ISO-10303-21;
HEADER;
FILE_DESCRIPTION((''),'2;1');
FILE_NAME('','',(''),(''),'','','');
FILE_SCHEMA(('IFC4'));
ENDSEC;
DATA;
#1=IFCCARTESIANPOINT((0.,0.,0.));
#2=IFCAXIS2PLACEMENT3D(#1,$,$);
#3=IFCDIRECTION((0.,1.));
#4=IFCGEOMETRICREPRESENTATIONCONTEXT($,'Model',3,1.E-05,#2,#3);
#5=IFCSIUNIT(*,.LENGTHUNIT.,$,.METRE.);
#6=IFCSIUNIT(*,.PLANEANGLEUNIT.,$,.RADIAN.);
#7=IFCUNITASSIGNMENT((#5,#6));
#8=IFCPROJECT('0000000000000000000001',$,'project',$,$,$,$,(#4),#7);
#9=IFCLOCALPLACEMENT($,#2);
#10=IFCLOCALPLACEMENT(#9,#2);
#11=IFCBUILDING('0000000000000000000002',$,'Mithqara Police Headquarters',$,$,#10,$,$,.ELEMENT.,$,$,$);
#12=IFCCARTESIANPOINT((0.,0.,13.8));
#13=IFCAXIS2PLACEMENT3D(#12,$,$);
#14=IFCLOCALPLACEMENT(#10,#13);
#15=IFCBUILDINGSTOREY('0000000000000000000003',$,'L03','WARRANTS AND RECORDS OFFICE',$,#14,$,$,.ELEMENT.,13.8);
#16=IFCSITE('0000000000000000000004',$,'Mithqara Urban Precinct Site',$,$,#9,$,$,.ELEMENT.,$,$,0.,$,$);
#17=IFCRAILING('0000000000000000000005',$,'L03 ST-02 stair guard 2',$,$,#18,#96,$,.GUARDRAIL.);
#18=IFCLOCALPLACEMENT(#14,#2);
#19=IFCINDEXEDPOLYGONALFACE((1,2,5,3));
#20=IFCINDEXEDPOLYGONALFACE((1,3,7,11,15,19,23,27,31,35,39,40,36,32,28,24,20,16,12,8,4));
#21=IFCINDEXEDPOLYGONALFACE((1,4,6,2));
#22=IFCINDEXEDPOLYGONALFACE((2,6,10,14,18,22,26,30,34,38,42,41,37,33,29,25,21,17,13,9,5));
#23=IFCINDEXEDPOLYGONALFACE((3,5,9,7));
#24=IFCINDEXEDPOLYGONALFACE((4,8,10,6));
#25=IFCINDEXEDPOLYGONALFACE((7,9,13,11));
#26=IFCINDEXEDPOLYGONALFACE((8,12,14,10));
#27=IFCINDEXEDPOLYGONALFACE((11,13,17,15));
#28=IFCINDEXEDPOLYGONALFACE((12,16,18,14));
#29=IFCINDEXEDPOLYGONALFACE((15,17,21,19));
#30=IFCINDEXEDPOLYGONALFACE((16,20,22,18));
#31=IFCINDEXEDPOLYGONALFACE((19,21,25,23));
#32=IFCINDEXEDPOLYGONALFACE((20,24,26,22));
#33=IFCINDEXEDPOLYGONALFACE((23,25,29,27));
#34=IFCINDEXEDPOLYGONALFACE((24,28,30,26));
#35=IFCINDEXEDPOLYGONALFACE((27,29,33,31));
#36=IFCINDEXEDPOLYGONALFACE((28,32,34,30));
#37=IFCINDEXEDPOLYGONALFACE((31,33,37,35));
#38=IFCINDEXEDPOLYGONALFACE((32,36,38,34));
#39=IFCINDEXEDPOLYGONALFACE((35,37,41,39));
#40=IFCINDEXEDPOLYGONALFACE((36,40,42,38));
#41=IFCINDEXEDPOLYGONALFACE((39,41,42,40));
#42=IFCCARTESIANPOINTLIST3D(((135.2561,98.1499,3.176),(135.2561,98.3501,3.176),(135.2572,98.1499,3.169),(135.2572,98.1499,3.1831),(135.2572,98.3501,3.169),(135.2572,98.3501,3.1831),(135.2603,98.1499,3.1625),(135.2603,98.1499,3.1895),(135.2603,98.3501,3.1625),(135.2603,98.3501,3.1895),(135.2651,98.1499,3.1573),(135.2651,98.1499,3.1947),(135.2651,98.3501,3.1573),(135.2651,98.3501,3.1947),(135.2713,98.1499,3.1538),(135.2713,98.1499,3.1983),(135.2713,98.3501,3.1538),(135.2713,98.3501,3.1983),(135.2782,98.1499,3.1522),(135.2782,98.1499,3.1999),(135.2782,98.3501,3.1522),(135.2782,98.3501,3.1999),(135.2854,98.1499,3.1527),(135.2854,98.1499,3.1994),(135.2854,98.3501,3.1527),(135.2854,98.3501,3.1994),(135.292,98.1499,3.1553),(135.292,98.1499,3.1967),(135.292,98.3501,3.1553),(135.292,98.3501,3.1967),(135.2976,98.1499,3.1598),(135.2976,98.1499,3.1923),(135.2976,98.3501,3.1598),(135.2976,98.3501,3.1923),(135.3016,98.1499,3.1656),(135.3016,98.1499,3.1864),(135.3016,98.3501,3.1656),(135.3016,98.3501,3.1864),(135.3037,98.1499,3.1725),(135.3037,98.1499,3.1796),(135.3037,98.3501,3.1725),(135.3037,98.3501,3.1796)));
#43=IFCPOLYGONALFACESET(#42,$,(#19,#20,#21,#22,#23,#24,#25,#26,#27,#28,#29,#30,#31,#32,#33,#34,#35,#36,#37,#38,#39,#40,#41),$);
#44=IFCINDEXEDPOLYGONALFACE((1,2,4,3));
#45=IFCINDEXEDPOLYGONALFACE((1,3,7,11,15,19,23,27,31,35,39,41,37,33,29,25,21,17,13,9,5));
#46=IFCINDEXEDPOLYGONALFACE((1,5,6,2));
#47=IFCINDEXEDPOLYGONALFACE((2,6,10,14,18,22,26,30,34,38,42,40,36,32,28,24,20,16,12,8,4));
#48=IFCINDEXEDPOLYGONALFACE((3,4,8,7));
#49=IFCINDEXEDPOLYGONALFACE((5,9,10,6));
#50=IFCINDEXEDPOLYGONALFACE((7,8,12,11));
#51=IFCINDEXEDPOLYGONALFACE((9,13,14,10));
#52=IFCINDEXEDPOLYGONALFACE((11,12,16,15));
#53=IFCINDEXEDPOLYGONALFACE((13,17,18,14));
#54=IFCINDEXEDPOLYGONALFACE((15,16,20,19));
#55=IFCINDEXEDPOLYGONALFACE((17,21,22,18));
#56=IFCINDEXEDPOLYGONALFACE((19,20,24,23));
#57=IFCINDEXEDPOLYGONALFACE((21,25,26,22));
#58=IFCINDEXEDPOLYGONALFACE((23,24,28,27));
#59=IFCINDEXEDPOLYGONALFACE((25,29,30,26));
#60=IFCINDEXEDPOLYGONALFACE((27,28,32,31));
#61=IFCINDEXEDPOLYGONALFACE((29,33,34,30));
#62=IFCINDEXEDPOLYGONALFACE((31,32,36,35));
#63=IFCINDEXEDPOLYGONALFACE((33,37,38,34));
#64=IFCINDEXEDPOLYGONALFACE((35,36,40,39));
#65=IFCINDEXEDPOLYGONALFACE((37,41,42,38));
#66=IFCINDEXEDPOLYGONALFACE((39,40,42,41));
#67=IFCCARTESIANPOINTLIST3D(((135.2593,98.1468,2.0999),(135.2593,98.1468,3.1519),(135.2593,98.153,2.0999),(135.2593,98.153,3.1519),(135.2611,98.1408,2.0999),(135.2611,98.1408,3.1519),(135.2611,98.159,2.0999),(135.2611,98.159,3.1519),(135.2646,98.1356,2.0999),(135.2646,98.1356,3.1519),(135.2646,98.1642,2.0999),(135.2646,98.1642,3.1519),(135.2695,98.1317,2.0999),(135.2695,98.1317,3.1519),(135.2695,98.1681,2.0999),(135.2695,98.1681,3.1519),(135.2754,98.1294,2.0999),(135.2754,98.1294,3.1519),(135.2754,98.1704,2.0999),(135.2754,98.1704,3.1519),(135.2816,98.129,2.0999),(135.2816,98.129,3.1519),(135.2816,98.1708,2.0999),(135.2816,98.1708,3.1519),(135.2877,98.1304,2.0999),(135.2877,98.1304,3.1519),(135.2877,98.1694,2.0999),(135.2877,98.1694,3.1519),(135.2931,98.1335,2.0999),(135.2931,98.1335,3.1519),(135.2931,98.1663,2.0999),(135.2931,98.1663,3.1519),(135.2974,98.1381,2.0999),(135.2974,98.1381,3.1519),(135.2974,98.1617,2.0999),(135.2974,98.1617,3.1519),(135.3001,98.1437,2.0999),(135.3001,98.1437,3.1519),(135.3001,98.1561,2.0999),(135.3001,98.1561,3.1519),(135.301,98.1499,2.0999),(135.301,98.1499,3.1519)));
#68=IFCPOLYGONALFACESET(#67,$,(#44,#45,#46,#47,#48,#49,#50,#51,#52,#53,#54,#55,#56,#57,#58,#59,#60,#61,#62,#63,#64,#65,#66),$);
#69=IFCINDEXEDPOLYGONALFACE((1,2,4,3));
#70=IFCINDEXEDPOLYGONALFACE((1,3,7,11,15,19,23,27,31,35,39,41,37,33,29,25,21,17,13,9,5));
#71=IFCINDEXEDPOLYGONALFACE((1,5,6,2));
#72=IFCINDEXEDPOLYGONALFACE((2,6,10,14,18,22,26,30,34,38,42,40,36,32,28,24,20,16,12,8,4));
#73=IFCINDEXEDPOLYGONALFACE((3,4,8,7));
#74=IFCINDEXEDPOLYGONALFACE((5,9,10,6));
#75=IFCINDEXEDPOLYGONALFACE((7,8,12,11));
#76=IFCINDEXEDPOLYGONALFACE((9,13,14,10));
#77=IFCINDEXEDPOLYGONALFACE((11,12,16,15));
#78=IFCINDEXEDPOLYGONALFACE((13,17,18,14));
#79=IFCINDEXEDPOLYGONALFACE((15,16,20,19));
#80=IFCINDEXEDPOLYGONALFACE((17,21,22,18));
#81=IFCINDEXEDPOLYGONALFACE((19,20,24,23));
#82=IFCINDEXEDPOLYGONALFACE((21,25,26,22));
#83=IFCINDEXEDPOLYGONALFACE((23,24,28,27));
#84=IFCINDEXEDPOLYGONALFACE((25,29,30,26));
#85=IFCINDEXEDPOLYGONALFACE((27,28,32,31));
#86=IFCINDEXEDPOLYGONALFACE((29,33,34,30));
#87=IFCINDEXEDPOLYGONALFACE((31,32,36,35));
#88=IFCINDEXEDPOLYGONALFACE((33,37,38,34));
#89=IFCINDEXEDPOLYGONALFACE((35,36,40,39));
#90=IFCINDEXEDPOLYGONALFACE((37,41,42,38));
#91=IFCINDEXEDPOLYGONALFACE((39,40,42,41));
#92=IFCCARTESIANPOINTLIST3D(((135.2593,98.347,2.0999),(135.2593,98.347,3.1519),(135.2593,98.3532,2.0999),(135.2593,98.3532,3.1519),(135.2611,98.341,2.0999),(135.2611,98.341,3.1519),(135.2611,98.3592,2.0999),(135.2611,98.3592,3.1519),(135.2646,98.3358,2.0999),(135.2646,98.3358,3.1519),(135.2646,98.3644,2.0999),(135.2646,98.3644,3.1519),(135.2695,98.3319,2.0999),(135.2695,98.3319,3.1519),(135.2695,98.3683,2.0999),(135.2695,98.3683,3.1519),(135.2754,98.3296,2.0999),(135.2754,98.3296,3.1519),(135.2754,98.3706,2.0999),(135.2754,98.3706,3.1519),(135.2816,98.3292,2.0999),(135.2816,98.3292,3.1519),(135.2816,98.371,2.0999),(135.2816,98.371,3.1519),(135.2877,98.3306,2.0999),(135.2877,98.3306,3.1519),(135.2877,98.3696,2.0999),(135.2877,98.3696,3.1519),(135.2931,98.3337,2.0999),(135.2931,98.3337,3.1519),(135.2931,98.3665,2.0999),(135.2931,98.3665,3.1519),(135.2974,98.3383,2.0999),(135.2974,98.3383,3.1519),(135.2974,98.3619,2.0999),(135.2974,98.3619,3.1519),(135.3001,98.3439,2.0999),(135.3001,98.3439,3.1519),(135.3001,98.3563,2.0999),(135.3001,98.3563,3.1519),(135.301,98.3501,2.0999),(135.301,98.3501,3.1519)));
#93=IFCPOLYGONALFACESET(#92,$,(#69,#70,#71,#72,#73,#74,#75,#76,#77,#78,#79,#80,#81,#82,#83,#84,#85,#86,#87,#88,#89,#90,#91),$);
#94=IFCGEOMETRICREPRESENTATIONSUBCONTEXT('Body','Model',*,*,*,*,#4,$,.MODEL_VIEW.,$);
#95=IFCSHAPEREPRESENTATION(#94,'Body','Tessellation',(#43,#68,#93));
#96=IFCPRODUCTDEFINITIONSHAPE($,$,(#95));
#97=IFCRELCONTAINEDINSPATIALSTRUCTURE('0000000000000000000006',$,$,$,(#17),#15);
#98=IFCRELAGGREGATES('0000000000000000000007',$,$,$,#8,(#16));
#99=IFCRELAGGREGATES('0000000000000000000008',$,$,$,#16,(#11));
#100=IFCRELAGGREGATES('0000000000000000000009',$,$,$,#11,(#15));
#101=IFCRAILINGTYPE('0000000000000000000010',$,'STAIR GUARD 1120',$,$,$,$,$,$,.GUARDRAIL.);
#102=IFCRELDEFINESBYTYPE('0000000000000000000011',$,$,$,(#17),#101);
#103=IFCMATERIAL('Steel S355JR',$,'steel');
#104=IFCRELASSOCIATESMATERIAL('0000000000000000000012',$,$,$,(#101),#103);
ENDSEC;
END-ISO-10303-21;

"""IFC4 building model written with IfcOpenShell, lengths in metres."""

from ifc_helpers import new_model, si_unit, direction, frame, origin, origin_2d, place, context, subcontext, project, spatial, circle, extrude, material, type_object, element, save


model = new_model("IFC4")

# Units and contexts
model_context = context("Model", 3, precision=1e-05, world=origin(), true_north=direction((0.0, 1.0)))
body_context = subcontext(model_context, "Body", "Model", "MODEL_VIEW")
ifc_project = project(units=[si_unit("LENGTHUNIT", "METRE"), si_unit("PLANEANGLEUNIT", "RADIAN")], contexts=[model_context])

# Site, building, storey
site_placement = place(None, origin())
site = spatial("IfcSite", under=ifc_project, at=site_placement, Name="Mithqara Urban Precinct Site", CompositionType="ELEMENT", RefElevation=0.0)
building_placement = place(site_placement, origin())
building = spatial("IfcBuilding", under=site, at=building_placement, Name="Mithqara Police Headquarters", CompositionType="ELEMENT")
storey_placement = place(building_placement, frame((0.0, 0.0, 13.8)))
storey = spatial("IfcBuildingStorey", under=building, at=storey_placement, Name="L03", Description="WARRANTS AND RECORDS OFFICE", CompositionType="ELEMENT", Elevation=13.8)

# Shared definitions
ifc_material_1 = material(Name="Steel S355JR", Category="steel")

# Railing
railing_type_1 = type_object("IfcRailingType", Name="STAIR GUARD 1120", PredefinedType="GUARDRAIL", material=ifc_material_1)
railing_1_placement = place(storey_placement, frame((135.28, 98.1499, 2.0999)))
element("IfcRailing", 1, at=railing_1_placement, inside=storey, type_object=railing_type_1, Name="L03 ST-02 stair guard 2", PredefinedType="GUARDRAIL", context=body_context, shape_type="SweptSolid", body=[
    extrude(circle(Radius=0.0239, at=origin_2d()), frame((0.0, 0.0, 1.0762), z_axis=(0.0, 1.0, 0.0), x_axis=(-1.0, 0.0, 0.0)), (0.0, 0.0, 1.0), 0.2002),
    extrude(circle(Radius=0.021, at=origin_2d()), origin(), (0.0, 0.0, 1.0), 1.052),
    extrude(circle(Radius=0.021, at=origin_2d()), frame((0.0, 0.2002, 0.0)), (0.0, 0.0, 1.0), 1.052),
])

save(model, "model.ifc")
